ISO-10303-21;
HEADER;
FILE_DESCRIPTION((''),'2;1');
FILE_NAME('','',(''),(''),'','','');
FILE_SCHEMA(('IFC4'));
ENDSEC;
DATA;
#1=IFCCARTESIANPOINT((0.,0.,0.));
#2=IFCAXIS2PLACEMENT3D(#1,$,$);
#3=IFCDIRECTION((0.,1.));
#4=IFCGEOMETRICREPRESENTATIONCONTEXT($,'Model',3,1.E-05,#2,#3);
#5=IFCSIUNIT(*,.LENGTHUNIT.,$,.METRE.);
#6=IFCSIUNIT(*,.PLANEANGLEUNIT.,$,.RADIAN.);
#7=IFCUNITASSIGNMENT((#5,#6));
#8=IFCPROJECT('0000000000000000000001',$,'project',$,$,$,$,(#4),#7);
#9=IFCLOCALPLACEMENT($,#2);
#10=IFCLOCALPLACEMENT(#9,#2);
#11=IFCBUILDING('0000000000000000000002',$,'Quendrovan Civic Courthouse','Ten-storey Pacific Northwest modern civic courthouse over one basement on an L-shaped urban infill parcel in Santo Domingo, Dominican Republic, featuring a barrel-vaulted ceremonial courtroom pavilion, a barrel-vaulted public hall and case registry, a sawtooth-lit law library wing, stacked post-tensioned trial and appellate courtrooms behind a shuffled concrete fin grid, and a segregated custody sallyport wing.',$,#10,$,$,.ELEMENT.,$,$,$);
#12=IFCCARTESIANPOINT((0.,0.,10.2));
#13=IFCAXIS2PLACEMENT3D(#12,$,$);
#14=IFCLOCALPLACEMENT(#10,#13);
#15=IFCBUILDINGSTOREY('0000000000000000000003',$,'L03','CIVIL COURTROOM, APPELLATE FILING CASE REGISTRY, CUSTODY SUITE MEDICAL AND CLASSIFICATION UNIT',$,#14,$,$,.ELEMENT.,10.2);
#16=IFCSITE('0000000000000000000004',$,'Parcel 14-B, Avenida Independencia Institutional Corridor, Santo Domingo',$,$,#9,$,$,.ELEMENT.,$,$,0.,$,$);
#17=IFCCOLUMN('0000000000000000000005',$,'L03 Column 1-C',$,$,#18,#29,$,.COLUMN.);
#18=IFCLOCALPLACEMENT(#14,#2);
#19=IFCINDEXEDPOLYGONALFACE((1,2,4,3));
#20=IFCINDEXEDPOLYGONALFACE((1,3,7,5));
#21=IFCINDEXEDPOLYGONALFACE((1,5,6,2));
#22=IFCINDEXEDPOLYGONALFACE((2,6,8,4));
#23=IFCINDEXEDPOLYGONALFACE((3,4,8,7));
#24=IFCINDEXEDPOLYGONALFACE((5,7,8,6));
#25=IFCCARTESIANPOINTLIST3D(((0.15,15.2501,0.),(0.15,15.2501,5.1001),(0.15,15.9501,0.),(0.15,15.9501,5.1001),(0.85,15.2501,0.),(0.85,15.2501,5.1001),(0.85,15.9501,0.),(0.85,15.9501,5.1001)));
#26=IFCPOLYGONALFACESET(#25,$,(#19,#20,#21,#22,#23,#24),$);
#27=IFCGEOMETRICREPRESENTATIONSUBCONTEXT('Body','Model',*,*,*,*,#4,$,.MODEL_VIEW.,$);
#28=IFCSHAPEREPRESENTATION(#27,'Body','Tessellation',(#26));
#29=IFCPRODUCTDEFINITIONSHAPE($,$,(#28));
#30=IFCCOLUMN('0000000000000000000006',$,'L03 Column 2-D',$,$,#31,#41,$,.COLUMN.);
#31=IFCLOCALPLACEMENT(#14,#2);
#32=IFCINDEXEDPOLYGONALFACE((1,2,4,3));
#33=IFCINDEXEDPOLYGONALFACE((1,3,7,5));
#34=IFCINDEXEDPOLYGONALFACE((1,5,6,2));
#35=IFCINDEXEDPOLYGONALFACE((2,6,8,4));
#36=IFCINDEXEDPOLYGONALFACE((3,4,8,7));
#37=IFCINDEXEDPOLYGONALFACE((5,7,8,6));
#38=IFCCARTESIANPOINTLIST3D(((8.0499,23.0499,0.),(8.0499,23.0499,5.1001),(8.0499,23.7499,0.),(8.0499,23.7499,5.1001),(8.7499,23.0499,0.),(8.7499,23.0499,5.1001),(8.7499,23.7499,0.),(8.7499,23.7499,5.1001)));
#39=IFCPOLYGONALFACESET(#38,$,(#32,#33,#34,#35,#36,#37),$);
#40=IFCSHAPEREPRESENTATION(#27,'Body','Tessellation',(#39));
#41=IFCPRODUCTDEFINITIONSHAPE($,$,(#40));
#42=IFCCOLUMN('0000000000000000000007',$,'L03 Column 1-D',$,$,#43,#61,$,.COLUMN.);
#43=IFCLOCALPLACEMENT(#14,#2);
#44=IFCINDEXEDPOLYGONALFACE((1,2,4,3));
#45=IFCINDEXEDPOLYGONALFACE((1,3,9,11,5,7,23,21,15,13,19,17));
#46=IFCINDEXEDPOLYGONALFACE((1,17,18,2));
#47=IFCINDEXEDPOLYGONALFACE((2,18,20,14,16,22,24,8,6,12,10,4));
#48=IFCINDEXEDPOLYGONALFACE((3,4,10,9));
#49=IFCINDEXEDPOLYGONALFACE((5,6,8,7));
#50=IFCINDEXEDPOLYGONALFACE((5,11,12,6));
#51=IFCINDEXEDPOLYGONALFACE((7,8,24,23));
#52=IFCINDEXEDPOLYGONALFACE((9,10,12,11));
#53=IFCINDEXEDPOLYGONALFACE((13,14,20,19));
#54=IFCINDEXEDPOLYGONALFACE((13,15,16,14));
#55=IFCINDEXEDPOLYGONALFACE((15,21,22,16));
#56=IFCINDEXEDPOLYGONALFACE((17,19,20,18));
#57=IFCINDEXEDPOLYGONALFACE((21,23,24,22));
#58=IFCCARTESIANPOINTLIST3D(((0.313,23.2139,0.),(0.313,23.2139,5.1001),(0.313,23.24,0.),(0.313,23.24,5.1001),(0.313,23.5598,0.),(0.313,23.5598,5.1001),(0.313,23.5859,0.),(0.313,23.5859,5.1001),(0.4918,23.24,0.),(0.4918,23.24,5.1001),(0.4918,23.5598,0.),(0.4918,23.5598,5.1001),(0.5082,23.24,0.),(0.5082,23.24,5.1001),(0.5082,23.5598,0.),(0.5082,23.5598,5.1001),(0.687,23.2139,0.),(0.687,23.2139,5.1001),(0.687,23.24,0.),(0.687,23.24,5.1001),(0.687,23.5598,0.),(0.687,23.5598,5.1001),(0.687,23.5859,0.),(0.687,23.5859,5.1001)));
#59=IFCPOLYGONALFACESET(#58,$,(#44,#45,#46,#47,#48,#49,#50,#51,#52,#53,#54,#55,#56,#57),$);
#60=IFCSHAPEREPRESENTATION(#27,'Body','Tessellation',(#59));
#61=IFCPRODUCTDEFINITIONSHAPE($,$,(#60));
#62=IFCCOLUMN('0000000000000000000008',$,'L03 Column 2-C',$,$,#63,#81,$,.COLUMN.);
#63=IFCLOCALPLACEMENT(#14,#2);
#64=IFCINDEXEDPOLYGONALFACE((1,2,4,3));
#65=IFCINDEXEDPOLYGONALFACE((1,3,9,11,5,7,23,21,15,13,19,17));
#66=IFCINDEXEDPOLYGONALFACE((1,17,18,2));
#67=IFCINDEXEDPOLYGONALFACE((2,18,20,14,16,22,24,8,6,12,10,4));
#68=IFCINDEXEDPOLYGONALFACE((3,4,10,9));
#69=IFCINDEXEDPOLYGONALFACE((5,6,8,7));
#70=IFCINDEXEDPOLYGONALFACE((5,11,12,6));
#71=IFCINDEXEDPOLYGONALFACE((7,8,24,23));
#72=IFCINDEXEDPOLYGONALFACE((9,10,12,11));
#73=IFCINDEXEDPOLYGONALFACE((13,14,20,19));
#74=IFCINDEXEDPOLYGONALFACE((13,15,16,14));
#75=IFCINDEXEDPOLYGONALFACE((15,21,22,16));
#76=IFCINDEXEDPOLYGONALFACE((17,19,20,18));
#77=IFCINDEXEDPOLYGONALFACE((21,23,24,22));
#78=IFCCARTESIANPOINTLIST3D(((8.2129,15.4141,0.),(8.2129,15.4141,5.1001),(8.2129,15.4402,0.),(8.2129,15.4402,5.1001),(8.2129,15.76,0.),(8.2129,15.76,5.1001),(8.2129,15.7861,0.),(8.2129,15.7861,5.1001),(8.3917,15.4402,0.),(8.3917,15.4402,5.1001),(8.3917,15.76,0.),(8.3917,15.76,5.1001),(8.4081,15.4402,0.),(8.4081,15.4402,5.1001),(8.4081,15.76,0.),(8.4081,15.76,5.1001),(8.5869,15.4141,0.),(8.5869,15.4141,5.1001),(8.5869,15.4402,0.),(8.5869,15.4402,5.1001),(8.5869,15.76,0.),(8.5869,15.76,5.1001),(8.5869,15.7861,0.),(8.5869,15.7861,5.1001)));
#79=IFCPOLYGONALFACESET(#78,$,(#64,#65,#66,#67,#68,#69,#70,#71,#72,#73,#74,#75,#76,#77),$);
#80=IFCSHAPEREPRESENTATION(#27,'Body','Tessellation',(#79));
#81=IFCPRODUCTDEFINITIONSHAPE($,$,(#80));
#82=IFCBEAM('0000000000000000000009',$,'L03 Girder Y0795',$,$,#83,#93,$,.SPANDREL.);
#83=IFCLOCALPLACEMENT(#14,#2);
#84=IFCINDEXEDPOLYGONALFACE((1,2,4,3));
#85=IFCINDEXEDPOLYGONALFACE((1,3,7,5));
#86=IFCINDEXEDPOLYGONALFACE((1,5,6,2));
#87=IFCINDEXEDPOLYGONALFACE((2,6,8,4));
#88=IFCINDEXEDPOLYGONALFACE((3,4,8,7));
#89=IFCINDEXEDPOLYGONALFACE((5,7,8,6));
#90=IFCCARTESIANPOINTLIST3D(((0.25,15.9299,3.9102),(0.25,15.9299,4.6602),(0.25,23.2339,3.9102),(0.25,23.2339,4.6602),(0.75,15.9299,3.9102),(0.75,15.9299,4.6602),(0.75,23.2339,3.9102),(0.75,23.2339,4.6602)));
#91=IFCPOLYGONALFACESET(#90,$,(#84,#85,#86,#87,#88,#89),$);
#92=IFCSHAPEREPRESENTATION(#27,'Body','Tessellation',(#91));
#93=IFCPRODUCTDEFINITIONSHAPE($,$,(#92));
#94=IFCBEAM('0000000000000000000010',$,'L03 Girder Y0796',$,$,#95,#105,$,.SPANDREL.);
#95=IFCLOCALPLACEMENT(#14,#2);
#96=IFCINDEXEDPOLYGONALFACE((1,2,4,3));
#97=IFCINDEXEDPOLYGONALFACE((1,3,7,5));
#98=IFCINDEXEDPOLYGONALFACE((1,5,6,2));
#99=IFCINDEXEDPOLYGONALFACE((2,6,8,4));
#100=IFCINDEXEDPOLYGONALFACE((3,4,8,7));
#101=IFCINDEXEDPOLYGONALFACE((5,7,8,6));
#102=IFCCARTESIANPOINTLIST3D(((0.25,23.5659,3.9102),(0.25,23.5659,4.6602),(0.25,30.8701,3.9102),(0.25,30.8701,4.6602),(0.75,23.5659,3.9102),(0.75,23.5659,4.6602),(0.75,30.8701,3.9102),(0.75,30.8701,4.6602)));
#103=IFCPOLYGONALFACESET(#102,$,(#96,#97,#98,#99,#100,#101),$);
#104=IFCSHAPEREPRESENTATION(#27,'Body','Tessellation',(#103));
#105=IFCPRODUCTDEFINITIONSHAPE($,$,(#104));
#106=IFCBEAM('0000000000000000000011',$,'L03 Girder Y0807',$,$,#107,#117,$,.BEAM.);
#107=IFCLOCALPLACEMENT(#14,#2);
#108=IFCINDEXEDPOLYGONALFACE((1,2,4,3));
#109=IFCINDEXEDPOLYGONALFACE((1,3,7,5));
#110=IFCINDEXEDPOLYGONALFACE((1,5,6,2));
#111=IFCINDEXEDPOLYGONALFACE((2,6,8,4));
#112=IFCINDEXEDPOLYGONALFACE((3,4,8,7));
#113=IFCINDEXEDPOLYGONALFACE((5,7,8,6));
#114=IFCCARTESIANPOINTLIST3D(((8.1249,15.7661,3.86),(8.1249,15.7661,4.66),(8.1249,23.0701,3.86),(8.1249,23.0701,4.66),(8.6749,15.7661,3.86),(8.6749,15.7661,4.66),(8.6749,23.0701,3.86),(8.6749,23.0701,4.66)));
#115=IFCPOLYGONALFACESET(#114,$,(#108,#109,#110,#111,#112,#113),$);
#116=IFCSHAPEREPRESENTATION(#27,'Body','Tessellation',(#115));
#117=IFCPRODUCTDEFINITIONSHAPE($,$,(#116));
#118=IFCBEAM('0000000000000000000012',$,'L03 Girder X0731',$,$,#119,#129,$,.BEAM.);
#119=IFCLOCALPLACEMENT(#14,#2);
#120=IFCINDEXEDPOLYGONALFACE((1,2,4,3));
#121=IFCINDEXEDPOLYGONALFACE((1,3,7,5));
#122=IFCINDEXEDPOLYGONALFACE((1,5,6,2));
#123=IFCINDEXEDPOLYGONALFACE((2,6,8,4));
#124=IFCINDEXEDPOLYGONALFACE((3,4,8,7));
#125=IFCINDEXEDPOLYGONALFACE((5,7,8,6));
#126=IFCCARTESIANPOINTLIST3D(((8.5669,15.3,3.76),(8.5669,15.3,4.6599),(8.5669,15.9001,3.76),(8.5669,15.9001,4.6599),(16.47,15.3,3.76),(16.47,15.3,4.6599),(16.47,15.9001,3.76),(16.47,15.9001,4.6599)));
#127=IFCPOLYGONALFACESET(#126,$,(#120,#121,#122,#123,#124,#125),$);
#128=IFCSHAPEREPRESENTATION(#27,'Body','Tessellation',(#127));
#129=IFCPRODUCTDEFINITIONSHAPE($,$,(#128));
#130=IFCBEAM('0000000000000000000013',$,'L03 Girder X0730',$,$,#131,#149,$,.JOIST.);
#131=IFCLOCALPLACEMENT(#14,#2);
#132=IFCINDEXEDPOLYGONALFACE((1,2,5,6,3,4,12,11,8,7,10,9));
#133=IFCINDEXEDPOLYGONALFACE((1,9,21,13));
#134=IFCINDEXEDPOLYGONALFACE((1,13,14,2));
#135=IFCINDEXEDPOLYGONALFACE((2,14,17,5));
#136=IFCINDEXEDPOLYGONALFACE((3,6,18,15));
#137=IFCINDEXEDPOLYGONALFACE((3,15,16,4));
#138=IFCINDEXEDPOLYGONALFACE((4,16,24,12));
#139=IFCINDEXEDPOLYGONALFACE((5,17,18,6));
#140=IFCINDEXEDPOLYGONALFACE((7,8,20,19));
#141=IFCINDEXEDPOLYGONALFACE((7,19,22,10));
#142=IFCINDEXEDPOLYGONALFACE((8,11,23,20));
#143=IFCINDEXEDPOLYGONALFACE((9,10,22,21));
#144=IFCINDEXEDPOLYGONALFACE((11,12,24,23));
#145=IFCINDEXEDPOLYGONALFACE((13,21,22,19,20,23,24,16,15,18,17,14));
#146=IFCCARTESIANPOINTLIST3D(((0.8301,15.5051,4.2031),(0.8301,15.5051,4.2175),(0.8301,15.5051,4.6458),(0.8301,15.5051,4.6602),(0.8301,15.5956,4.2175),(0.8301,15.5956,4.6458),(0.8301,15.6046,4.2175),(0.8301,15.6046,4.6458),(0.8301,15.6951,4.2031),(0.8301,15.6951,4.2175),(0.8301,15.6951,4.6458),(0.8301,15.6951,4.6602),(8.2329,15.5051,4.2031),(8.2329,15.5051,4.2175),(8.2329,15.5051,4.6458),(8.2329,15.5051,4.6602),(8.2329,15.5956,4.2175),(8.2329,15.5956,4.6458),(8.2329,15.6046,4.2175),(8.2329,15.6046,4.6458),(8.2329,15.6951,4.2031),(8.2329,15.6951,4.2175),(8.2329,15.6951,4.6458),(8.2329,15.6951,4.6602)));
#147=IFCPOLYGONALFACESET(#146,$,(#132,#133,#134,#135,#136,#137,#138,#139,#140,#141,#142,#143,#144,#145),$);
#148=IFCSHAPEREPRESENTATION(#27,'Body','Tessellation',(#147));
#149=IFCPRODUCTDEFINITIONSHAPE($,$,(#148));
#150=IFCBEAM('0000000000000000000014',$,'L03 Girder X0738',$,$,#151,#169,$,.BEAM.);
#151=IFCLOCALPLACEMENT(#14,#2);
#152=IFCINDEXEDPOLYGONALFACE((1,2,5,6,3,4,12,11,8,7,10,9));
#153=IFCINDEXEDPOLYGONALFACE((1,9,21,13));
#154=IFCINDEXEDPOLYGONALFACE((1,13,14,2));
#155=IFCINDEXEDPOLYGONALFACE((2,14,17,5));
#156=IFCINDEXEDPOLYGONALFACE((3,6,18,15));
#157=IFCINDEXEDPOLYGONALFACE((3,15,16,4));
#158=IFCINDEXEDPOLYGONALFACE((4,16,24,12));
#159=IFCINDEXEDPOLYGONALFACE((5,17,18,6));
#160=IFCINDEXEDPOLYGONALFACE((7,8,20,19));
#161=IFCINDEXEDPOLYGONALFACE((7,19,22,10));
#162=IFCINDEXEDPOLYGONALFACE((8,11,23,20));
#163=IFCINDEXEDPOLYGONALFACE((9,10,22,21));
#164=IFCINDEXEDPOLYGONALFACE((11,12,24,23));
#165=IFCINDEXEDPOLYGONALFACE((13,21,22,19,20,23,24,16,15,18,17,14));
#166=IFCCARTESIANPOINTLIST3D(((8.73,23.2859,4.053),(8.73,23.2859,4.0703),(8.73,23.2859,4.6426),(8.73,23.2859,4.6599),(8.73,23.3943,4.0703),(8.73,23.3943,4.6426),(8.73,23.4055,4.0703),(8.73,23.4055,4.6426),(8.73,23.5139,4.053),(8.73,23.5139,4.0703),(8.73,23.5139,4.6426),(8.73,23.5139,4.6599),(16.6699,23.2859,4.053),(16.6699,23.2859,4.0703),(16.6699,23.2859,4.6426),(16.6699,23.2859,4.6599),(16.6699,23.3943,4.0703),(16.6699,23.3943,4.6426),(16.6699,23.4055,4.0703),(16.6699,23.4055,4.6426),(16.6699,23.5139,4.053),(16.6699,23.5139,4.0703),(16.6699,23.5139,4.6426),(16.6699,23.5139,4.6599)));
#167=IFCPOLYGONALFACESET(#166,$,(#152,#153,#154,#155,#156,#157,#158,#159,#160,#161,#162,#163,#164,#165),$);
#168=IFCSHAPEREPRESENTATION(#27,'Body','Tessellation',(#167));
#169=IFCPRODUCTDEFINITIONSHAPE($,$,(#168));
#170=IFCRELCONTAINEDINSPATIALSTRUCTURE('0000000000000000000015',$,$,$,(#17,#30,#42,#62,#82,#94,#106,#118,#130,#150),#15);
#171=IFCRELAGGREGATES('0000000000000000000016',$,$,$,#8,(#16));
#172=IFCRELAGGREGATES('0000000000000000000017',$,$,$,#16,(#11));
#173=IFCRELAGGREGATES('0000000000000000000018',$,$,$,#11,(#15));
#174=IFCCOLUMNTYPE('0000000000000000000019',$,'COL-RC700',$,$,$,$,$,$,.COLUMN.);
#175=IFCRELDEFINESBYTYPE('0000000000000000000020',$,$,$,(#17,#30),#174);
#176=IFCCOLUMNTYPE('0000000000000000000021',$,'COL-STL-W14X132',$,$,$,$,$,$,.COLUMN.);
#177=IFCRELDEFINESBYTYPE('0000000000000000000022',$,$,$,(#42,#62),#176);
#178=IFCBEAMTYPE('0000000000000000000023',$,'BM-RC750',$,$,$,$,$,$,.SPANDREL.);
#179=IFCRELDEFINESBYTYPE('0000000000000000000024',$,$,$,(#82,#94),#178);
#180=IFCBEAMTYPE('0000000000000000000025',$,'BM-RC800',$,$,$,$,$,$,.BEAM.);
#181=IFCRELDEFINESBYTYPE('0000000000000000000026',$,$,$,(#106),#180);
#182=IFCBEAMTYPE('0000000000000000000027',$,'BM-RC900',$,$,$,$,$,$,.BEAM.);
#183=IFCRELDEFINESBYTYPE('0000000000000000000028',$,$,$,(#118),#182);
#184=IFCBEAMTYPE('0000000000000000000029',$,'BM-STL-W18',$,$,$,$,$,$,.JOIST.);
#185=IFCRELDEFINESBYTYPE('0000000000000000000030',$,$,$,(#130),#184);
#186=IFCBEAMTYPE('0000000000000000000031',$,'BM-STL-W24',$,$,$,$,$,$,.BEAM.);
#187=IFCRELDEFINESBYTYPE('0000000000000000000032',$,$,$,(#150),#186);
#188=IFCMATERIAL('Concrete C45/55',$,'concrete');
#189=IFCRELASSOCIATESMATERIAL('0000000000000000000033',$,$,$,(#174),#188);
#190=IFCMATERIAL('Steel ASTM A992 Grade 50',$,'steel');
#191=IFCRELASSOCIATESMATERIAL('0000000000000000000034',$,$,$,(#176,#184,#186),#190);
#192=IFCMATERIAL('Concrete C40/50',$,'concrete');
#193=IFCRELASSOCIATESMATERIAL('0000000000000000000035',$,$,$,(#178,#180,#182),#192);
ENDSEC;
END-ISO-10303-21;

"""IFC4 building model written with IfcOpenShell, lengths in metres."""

from ifc_helpers import new_model, si_unit, direction, frame, origin, origin_2d, place, context, subcontext, project, spatial, rectangle, i_section, extrude, material, material_profile, profile_set, type_object, element, save


model = new_model("IFC4")

# Units and contexts
model_context = context("Model", 3, precision=1e-05, world=origin(), true_north=direction((0.0, 1.0)))
body_context = subcontext(model_context, "Body", "Model", "MODEL_VIEW")
ifc_project = project(units=[si_unit("LENGTHUNIT", "METRE"), si_unit("PLANEANGLEUNIT", "RADIAN")], contexts=[model_context])

# Site, building, storey
site_placement = place(None, origin())
site = spatial("IfcSite", under=ifc_project, at=site_placement, Name="Parcel 14-B, Avenida Independencia Institutional Corridor, Santo Domingo", CompositionType="ELEMENT", RefElevation=0.0)
building_placement = place(site_placement, origin())
building = spatial("IfcBuilding", under=site, at=building_placement, Name="Quendrovan Civic Courthouse", Description="Ten-storey Pacific Northwest modern civic courthouse over one basement on an L-shaped urban infill parcel in Santo Domingo, Dominican Republic, featuring a barrel-vaulted ceremonial courtroom pavilion, a barrel-vaulted public hall and case registry, a sawtooth-lit law library wing, stacked post-tensioned trial and appellate courtrooms behind a shuffled concrete fin grid, and a segregated custody sallyport wing.", CompositionType="ELEMENT")
storey_placement = place(building_placement, frame((0.0, 0.0, 10.2)))
storey = spatial("IfcBuildingStorey", under=building, at=storey_placement, Name="L03", Description="CIVIL COURTROOM, APPELLATE FILING CASE REGISTRY, CUSTODY SUITE MEDICAL AND CLASSIFICATION UNIT", CompositionType="ELEMENT", Elevation=10.2)

# Columns
ifc_material_1 = material(Name="Concrete C45/55", Category="concrete")
ifc_material_profile_1 = material_profile(ifc_material_1, rectangle(XDim=0.7, YDim=0.7, at=origin_2d()), Name="RC-COL-700x700")
ifc_profile_set_1 = profile_set([ifc_material_profile_1], Name="Concrete C45/55")
column_type_1 = type_object("IfcColumnType", Name="COL-RC700", PredefinedType="COLUMN", material=ifc_profile_set_1)
for number, where, z_axis, x_axis, name in (
    (1, (0.5, 15.6001, 0.0), (0.0, 0.0, 1.0), (1.0, 0.0, 0.0), "L03 Column 1-C"),
    (2, (8.3999, 23.3999, 0.0), (0.0, 0.0, 1.0), (1.0, 0.0, 0.0), "L03 Column 2-D"),
):
    element("IfcColumn", number, at=place(storey_placement, frame(where, z_axis=z_axis, x_axis=x_axis)), inside=storey, type_object=column_type_1, Name=name, PredefinedType="COLUMN", context=body_context, shape_type="SweptSolid", body=[
        extrude(rectangle(XDim=0.7, YDim=0.7, at=origin_2d()), origin(), (0.0, 0.0, 1.0), 5.1001),
    ])
ifc_material_2 = material(Name="Steel ASTM A992 Grade 50", Category="steel")
ifc_material_profile_2 = material_profile(ifc_material_2, i_section(OverallWidth=0.374, OverallDepth=0.3721, WebThickness=0.0164, FlangeThickness=0.0261, at=origin_2d()), Name="W14X132")
ifc_profile_set_2 = profile_set([ifc_material_profile_2], Name="Steel ASTM A992 Grade 50")
column_type_2 = type_object("IfcColumnType", Name="COL-STL-W14X132", PredefinedType="COLUMN", material=ifc_profile_set_2)
for number, where, z_axis, x_axis, name in (
    (3, (0.5, 23.3999, 0.0), (0.0, 0.0, 1.0), (1.0, 0.0, 0.0), "L03 Column 1-D"),
    (4, (8.3999, 15.6001, 0.0), (0.0, 0.0, 1.0), (1.0, 0.0, 0.0), "L03 Column 2-C"),
):
    element("IfcColumn", number, at=place(storey_placement, frame(where, z_axis=z_axis, x_axis=x_axis)), inside=storey, type_object=column_type_2, Name=name, PredefinedType="COLUMN", context=body_context, shape_type="SweptSolid", body=[
        extrude(i_section(OverallWidth=0.374, OverallDepth=0.3721, WebThickness=0.0164, FlangeThickness=0.0261, at=origin_2d()), origin(), (0.0, 0.0, 1.0), 5.1001),
    ])

# Beams
ifc_material_3 = material(Name="Concrete C40/50", Category="concrete")
ifc_material_profile_3 = material_profile(ifc_material_3, rectangle(XDim=0.5, YDim=0.75, at=origin_2d()), Name="RC-BM-500x750")
ifc_profile_set_3 = profile_set([ifc_material_profile_3], Name="Concrete C40/50")
beam_type_1 = type_object("IfcBeamType", Name="BM-RC750", PredefinedType="SPANDREL", material=ifc_profile_set_3)
beam_1_placement = place(storey_placement, frame((0.5, 15.9299, 4.2852), z_axis=(0.0, 1.0, 0.0), x_axis=(-1.0, 0.0, 0.0)))
element("IfcBeam", 5, at=beam_1_placement, inside=storey, type_object=beam_type_1, Name="L03 Girder Y0795", PredefinedType="SPANDREL", context=body_context, shape_type="SweptSolid", body=[
    extrude(rectangle(XDim=0.5, YDim=0.75, at=origin_2d()), origin(), (0.0, 0.0, 1.0), 7.304),
])
beam_2_placement = place(storey_placement, frame((0.5, 23.5659, 4.2852), z_axis=(0.0, 1.0, 0.0), x_axis=(-1.0, 0.0, 0.0)))
element("IfcBeam", 6, at=beam_2_placement, inside=storey, type_object=beam_type_1, Name="L03 Girder Y0796", PredefinedType="SPANDREL", context=body_context, shape_type="SweptSolid", body=[
    extrude(rectangle(XDim=0.5, YDim=0.75, at=origin_2d()), origin(), (0.0, 0.0, 1.0), 7.3042),
])
ifc_material_profile_4 = material_profile(ifc_material_3, rectangle(XDim=0.55, YDim=0.8, at=origin_2d()), Name="RC-BM-550x800")
ifc_profile_set_4 = profile_set([ifc_material_profile_4], Name="Concrete C40/50")
beam_type_2 = type_object("IfcBeamType", Name="BM-RC800", PredefinedType="BEAM", material=ifc_profile_set_4)
beam_3_placement = place(storey_placement, frame((8.3999, 15.7661, 4.26), z_axis=(0.0, 1.0, 0.0), x_axis=(-1.0, 0.0, 0.0)))
element("IfcBeam", 7, at=beam_3_placement, inside=storey, type_object=beam_type_2, Name="L03 Girder Y0807", PredefinedType="BEAM", context=body_context, shape_type="SweptSolid", body=[
    extrude(rectangle(XDim=0.55, YDim=0.8, at=origin_2d()), origin(), (0.0, 0.0, 1.0), 7.304),
])
ifc_material_profile_5 = material_profile(ifc_material_3, rectangle(XDim=0.6001, YDim=0.8999, at=origin_2d()), Name="RC-BM-600x900")
ifc_profile_set_5 = profile_set([ifc_material_profile_5], Name="Concrete C40/50")
beam_type_3 = type_object("IfcBeamType", Name="BM-RC900", PredefinedType="BEAM", material=ifc_profile_set_5)
beam_4_placement = place(storey_placement, frame((8.5669, 15.6001, 4.21), z_axis=(1.0, 0.0, 0.0), x_axis=(0.0, 1.0, 0.0)))
element("IfcBeam", 8, at=beam_4_placement, inside=storey, type_object=beam_type_3, Name="L03 Girder X0731", PredefinedType="BEAM", context=body_context, shape_type="SweptSolid", body=[
    extrude(rectangle(XDim=0.6001, YDim=0.8999, at=origin_2d()), origin(), (0.0, 0.0, 1.0), 7.9031),
])
ifc_material_profile_6 = material_profile(ifc_material_2, i_section(OverallWidth=0.1899, OverallDepth=0.457, WebThickness=0.009, FlangeThickness=0.0144, at=origin_2d()), Name="W18X50")
ifc_profile_set_6 = profile_set([ifc_material_profile_6], Name="Steel ASTM A992 Grade 50")
beam_type_4 = type_object("IfcBeamType", Name="BM-STL-W18", PredefinedType="JOIST", material=ifc_profile_set_6)
beam_5_placement = place(storey_placement, frame((0.8301, 15.6001, 4.4316), z_axis=(1.0, 0.0, 0.0), x_axis=(0.0, 1.0, 0.0)))
element("IfcBeam", 9, at=beam_5_placement, inside=storey, type_object=beam_type_4, Name="L03 Girder X0730", PredefinedType="JOIST", context=body_context, shape_type="SweptSolid", body=[
    extrude(i_section(OverallWidth=0.1899, OverallDepth=0.457, WebThickness=0.009, FlangeThickness=0.0144, at=origin_2d()), origin(), (0.0, 0.0, 1.0), 7.4028),
])
ifc_material_profile_7 = material_profile(ifc_material_2, i_section(OverallWidth=0.228, OverallDepth=0.6069, WebThickness=0.0112, FlangeThickness=0.0173, at=origin_2d()), Name="W24X76")
ifc_profile_set_7 = profile_set([ifc_material_profile_7], Name="Steel ASTM A992 Grade 50")
beam_type_5 = type_object("IfcBeamType", Name="BM-STL-W24", PredefinedType="BEAM", material=ifc_profile_set_7)
beam_6_placement = place(storey_placement, frame((8.73, 23.3999, 4.3564), z_axis=(1.0, 0.0, 0.0), x_axis=(0.0, 1.0, 0.0)))
element("IfcBeam", 10, at=beam_6_placement, inside=storey, type_object=beam_type_5, Name="L03 Girder X0738", PredefinedType="BEAM", context=body_context, shape_type="SweptSolid", body=[
    extrude(i_section(OverallWidth=0.228, OverallDepth=0.6069, WebThickness=0.0112, FlangeThickness=0.0173, at=origin_2d()), origin(), (0.0, 0.0, 1.0), 7.9399),
])

save(model, "model.ifc")
